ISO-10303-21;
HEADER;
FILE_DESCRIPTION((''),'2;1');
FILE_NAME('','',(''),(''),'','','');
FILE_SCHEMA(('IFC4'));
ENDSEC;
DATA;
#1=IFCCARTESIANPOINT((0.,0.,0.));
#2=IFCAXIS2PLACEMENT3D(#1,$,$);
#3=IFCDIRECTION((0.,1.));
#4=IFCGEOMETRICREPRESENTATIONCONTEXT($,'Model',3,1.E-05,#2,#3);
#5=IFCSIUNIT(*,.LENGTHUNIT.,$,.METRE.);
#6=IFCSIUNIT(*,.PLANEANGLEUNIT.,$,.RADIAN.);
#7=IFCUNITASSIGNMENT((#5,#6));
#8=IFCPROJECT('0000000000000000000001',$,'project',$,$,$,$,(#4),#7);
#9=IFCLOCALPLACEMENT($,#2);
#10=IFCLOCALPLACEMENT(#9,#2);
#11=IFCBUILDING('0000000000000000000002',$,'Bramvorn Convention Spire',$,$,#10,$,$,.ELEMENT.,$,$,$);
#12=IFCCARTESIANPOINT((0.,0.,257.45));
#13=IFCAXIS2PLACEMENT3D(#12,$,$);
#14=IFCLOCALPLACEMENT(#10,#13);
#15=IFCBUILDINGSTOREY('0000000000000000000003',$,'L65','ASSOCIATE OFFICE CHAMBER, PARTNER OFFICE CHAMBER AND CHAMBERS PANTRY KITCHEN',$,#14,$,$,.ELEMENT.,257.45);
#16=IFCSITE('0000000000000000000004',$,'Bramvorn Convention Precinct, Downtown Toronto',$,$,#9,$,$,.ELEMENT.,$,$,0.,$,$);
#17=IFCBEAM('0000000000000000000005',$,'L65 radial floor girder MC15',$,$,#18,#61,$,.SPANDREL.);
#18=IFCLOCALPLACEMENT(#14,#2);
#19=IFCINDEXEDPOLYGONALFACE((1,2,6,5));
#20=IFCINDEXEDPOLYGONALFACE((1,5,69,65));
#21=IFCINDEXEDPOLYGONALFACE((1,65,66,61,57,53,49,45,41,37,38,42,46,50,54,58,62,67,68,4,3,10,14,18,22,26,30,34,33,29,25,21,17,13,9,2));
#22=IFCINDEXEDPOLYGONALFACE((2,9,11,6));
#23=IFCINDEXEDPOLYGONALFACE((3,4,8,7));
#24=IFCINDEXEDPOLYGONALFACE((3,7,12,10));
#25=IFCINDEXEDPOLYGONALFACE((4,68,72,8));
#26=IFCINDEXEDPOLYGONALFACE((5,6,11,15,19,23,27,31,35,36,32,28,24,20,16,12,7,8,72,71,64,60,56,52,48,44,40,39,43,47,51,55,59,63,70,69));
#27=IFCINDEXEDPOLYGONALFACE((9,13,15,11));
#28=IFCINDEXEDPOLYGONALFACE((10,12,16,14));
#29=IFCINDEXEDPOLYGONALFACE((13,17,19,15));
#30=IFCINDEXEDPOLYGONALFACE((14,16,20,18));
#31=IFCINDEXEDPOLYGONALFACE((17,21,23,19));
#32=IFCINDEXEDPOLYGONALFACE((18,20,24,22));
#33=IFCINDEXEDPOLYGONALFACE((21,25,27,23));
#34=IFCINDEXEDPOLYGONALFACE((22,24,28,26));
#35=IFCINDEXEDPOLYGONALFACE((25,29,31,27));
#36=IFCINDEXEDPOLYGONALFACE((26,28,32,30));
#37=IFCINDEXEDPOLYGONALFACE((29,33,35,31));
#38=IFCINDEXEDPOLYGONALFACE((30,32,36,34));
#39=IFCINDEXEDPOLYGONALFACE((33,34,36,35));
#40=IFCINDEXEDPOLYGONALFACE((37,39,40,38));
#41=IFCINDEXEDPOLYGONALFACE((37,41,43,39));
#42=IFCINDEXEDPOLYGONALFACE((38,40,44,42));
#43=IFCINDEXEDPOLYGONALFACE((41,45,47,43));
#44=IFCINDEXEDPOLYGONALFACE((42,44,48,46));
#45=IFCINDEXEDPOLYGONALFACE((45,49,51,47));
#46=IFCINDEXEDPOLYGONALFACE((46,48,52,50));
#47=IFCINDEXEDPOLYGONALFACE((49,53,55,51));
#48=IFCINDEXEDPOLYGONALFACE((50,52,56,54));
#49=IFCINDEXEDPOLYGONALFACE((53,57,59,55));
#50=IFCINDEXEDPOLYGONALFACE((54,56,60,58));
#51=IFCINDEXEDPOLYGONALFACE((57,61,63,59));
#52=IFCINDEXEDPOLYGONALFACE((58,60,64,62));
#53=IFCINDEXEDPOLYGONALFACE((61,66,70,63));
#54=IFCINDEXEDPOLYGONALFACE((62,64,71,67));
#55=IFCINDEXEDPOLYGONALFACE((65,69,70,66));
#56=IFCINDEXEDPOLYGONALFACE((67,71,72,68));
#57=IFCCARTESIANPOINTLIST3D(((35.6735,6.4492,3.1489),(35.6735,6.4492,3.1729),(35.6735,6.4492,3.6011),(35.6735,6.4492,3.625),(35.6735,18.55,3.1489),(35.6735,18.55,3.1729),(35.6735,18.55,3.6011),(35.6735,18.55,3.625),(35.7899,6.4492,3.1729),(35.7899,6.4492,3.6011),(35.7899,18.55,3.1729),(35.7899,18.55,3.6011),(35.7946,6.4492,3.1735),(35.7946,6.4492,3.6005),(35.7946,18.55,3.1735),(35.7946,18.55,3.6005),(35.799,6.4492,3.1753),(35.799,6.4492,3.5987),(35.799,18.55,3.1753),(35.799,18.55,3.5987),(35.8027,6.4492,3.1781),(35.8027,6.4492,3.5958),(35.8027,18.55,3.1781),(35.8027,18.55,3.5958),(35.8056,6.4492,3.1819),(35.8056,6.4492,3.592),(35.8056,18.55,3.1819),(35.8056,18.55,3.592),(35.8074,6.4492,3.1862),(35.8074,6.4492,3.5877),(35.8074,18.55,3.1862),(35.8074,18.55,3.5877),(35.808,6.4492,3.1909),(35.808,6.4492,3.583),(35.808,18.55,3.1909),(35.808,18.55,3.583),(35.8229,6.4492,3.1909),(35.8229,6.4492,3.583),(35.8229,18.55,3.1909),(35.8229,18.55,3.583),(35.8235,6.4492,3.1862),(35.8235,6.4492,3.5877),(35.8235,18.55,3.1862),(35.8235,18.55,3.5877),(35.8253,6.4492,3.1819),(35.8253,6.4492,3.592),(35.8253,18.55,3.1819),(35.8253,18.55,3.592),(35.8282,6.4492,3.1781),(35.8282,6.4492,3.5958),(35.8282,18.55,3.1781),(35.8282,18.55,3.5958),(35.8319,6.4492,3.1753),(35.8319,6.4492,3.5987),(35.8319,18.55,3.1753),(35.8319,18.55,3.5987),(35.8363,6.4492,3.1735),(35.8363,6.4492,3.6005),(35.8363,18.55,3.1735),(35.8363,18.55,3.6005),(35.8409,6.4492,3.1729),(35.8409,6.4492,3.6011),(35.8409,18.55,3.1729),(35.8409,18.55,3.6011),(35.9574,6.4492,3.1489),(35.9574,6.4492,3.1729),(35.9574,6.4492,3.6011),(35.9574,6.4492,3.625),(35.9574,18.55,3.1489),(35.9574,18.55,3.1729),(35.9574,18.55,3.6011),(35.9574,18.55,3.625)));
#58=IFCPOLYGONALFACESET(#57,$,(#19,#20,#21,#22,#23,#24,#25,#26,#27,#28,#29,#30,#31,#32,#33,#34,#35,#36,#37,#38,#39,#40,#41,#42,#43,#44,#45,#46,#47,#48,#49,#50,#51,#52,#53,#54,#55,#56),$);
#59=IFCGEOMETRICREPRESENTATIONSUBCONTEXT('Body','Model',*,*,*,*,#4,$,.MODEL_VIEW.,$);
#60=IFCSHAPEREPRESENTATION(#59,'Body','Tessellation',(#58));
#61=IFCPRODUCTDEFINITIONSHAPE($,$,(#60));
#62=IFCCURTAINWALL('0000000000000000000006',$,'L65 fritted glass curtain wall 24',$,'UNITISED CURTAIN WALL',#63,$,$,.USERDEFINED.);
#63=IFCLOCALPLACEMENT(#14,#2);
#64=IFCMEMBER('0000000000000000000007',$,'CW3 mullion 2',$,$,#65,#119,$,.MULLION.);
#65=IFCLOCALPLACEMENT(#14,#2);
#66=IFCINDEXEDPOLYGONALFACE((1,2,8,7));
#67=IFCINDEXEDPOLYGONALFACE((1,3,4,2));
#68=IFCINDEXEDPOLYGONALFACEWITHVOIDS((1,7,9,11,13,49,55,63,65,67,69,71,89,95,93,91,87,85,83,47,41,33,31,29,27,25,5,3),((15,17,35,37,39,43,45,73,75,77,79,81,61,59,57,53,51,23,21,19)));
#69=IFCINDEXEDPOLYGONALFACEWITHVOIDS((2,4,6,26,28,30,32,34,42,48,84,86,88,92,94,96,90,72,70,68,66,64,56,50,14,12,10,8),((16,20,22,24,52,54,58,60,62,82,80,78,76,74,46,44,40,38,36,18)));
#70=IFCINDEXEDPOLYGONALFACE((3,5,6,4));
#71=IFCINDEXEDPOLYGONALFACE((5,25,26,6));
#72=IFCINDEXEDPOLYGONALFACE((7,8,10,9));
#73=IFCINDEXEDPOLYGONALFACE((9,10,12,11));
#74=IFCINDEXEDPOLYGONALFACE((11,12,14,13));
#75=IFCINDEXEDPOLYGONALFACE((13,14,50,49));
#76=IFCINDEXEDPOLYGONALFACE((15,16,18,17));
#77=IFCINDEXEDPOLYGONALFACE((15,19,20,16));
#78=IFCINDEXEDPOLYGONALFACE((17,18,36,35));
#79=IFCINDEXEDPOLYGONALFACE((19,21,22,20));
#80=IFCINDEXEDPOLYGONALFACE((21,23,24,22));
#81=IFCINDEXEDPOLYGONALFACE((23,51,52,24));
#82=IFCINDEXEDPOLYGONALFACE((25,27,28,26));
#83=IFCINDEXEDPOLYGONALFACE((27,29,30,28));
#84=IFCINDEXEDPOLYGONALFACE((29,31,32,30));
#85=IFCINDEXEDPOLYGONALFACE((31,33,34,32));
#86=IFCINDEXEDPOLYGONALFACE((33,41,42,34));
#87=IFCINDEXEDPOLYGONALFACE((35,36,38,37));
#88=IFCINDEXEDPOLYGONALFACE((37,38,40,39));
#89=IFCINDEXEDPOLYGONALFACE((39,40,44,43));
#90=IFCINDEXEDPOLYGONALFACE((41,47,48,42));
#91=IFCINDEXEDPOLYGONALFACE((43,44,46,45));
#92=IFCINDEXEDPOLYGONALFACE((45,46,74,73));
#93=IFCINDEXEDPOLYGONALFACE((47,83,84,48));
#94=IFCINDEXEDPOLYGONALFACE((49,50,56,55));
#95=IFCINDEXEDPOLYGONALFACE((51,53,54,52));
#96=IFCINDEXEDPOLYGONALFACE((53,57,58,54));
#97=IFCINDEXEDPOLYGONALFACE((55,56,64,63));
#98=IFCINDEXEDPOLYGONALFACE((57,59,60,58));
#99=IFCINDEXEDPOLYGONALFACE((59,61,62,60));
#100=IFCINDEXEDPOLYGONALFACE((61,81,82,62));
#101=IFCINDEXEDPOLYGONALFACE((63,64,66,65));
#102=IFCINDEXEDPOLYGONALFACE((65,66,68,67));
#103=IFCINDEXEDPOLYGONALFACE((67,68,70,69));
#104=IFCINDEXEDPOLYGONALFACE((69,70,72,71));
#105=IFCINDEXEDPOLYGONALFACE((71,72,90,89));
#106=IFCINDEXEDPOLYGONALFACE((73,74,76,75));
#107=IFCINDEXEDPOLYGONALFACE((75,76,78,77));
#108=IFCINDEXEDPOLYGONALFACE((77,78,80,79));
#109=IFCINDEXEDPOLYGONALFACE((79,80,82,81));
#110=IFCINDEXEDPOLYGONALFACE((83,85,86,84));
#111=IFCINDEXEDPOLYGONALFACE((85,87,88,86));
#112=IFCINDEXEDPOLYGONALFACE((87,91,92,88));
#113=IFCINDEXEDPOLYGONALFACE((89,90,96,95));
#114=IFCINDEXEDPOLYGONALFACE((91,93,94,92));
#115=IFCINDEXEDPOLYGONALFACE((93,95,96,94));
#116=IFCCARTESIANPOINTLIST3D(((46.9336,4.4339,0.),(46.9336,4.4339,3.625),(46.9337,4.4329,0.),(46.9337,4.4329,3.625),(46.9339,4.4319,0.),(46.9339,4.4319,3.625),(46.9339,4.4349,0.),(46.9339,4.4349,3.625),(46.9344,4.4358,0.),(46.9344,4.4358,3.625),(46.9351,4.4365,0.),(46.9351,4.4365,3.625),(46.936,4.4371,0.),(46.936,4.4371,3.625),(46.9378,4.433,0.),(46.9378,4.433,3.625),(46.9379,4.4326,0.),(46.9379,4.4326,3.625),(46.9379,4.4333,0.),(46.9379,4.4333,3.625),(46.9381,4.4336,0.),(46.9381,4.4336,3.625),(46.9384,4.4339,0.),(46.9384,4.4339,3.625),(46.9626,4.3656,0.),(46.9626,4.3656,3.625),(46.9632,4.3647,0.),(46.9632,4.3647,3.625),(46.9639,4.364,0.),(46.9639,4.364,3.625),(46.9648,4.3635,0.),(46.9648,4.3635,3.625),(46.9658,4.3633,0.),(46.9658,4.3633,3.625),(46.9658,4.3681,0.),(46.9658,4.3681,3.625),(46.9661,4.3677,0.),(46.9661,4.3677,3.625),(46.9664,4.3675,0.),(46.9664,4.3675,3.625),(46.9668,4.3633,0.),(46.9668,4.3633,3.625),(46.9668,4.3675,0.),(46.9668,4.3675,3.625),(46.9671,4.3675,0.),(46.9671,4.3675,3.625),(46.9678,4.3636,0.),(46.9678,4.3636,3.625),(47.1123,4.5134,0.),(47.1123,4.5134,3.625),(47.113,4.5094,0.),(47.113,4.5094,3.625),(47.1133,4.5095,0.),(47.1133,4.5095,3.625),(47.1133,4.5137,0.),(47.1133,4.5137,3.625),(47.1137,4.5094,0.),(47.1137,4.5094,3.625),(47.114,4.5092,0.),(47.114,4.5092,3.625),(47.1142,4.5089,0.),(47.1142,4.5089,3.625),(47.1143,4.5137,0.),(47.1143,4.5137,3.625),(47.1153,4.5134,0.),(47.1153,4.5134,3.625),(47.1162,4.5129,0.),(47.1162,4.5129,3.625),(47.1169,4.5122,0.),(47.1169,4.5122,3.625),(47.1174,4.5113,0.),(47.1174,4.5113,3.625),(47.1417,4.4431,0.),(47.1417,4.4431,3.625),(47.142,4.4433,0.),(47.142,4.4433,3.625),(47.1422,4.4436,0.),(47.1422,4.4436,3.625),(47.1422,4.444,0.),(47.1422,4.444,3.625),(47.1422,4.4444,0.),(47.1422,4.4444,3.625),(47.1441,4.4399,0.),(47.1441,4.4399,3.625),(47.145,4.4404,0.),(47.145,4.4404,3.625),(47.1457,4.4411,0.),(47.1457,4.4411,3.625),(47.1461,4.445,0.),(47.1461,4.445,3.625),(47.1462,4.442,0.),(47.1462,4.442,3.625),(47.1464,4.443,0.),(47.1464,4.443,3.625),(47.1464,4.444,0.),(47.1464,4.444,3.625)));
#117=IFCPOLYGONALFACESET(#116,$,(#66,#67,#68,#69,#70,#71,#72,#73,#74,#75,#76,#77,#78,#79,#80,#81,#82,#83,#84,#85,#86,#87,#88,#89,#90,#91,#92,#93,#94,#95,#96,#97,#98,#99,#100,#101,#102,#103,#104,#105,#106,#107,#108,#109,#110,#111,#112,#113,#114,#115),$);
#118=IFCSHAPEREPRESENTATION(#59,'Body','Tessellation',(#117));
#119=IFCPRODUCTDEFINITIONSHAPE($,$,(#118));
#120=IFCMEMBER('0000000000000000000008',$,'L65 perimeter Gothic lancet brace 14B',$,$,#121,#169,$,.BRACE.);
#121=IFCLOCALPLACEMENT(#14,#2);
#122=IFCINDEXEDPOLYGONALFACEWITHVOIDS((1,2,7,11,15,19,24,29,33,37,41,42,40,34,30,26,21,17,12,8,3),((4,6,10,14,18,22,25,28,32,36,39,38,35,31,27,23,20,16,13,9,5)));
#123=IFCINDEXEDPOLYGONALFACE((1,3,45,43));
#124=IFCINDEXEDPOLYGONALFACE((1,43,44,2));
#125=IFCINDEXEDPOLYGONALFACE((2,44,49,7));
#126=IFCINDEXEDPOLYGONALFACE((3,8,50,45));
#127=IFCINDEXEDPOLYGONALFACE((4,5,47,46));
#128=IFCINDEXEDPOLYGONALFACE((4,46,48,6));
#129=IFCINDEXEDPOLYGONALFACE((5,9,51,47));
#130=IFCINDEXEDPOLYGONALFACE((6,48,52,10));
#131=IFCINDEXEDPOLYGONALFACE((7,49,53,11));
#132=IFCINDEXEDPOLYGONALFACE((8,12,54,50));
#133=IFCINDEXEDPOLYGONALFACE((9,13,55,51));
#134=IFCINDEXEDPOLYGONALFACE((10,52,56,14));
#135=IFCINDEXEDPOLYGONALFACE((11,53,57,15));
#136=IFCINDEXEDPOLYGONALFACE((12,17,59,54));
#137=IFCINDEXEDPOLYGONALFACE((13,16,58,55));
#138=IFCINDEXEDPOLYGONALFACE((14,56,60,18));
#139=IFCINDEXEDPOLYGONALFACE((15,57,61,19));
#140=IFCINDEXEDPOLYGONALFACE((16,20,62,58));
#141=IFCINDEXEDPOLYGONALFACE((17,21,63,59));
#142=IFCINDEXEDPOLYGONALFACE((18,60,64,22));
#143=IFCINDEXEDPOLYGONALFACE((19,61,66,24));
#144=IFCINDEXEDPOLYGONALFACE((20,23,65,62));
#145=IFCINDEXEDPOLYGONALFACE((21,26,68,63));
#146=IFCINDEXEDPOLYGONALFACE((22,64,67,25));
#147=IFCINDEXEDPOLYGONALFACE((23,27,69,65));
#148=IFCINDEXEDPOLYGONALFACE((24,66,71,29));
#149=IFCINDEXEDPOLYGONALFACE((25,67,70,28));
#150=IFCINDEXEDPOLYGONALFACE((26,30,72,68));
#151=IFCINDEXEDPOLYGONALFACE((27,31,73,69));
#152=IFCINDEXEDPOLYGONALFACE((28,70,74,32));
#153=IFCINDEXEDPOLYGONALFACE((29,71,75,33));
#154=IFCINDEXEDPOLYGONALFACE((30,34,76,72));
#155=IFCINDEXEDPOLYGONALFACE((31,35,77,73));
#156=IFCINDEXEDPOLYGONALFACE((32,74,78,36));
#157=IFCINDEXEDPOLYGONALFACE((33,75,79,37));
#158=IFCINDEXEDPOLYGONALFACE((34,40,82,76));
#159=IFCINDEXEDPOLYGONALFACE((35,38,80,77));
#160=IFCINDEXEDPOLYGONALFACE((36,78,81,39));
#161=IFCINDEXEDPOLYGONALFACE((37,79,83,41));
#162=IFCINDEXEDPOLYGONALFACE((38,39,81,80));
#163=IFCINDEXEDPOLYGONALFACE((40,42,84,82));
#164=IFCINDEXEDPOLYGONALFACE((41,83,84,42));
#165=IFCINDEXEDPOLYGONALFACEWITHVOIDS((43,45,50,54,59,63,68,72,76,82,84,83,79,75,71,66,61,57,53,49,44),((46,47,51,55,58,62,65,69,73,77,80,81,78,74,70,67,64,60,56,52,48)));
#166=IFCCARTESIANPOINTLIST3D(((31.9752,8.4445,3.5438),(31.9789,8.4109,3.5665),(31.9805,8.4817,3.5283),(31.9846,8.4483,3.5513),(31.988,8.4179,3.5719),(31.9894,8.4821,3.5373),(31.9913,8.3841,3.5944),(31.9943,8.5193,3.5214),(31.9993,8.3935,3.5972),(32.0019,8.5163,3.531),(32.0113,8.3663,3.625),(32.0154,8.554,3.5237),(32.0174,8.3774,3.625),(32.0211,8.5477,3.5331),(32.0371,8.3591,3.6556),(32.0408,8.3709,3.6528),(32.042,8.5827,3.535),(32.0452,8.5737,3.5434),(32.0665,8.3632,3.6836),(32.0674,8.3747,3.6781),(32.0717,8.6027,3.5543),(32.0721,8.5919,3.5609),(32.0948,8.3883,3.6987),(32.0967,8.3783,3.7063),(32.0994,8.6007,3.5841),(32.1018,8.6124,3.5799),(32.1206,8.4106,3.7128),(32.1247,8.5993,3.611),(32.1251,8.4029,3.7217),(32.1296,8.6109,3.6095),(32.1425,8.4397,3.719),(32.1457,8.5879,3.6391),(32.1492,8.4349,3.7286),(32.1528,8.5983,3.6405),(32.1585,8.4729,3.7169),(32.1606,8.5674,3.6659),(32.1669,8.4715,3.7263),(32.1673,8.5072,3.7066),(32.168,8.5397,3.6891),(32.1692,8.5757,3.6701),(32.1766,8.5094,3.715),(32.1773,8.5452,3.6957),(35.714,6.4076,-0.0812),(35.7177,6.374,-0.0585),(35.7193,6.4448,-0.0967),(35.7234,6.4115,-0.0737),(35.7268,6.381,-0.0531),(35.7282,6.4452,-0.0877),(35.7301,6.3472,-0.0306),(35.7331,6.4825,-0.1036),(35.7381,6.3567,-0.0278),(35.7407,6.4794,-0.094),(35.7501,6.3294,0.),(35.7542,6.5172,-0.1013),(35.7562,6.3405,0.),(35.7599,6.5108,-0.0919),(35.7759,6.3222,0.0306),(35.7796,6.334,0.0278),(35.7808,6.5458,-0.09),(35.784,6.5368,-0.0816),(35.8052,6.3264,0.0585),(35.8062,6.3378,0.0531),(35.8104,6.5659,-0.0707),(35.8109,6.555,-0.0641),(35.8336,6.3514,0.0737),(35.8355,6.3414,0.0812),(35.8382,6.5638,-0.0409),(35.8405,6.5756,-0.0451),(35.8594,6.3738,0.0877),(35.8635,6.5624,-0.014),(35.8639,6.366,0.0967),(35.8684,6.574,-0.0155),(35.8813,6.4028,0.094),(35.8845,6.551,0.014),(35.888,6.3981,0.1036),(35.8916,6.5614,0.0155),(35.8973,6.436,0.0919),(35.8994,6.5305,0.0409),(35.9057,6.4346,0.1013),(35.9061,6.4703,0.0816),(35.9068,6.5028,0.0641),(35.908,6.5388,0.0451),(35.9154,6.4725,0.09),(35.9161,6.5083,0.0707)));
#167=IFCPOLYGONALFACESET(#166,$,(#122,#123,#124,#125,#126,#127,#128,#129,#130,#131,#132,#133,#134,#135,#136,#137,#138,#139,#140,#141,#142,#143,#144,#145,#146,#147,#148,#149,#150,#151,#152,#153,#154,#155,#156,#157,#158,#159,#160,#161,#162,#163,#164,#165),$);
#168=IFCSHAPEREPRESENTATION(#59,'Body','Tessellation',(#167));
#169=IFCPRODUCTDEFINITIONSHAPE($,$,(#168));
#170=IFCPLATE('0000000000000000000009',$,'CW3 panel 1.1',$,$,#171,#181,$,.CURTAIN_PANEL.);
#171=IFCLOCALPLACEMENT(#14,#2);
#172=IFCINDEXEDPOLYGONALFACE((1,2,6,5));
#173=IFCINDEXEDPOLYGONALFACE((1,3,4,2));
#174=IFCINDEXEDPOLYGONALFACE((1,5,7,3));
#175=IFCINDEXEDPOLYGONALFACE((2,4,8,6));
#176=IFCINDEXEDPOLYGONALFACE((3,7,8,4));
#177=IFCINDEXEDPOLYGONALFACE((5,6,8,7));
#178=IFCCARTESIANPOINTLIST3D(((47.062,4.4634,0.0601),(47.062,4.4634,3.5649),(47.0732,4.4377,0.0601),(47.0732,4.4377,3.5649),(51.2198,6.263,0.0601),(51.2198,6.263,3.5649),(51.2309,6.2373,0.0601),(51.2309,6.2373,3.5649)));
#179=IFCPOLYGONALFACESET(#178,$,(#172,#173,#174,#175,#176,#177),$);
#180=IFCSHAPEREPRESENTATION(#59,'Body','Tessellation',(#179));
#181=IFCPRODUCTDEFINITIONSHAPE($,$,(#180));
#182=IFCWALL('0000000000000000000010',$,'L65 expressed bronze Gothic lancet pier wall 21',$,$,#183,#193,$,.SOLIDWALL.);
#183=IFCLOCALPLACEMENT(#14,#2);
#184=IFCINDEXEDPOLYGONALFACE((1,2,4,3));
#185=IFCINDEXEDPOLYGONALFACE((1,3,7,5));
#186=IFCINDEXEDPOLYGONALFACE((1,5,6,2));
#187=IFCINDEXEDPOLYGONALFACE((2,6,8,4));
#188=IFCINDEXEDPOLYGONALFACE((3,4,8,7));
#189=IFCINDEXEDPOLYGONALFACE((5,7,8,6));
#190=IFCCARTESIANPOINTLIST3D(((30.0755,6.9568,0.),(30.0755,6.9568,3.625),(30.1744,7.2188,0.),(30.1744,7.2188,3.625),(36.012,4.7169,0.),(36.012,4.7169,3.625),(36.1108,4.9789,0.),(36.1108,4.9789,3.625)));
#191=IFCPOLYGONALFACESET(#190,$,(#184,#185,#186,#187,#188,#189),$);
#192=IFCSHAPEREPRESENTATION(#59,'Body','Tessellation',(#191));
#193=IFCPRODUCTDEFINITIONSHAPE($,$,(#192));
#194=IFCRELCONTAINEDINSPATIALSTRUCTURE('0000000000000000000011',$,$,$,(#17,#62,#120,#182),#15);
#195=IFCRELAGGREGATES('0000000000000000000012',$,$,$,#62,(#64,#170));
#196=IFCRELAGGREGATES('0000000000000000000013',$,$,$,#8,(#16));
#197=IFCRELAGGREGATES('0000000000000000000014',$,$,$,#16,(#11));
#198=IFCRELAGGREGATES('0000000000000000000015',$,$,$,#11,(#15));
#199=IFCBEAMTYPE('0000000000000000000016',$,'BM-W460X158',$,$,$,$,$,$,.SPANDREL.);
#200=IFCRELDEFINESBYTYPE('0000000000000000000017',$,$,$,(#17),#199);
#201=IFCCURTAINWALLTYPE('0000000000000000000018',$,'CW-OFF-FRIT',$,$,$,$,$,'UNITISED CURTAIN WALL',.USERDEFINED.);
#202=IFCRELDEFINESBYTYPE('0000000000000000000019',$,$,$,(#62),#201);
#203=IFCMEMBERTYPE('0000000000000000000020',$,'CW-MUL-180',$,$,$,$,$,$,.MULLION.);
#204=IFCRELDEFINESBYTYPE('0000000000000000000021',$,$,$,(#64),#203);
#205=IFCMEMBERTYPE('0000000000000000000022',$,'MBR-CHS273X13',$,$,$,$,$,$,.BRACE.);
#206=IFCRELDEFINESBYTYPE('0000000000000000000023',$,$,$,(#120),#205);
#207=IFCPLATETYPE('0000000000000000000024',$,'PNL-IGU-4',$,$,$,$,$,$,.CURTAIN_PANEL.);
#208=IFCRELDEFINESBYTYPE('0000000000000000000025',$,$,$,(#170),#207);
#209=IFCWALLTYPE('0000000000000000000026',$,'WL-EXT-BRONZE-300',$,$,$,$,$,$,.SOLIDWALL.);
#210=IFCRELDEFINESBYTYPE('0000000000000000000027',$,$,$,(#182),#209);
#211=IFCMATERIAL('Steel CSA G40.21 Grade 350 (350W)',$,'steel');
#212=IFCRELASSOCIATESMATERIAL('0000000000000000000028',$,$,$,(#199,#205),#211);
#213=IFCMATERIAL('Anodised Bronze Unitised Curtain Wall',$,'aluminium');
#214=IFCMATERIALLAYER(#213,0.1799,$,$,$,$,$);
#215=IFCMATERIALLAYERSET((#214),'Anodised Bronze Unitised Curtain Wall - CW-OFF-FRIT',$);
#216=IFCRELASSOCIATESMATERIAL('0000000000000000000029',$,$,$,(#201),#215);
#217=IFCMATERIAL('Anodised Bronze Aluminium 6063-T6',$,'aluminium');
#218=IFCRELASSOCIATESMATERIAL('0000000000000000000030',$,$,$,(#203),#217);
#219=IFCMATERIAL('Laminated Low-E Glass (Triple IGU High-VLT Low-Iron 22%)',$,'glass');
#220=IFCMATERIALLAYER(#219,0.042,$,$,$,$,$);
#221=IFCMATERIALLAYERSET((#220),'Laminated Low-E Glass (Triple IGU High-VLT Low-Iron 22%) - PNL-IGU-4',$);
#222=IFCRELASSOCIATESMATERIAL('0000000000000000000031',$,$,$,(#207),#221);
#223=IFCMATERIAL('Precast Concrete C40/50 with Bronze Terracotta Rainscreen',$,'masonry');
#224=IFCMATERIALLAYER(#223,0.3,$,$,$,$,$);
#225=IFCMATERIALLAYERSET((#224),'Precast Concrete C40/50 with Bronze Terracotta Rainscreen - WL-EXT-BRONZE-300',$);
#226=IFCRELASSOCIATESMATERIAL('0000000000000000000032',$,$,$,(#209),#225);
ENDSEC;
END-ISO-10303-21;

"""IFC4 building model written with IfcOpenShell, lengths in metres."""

from ifc_helpers import new_model, si_unit, direction, frame, frame_2d, origin, origin_2d, place, context, subcontext, project, spatial, rectangle, hollow_rectangle, hollow_circle, i_section, extrude, material, layer, layer_set, material_profile, profile_set, type_object, element, aggregate, save


model = new_model("IFC4")

# Units and contexts
model_context = context("Model", 3, precision=1e-05, world=origin(), true_north=direction((0.0, 1.0)))
body_context = subcontext(model_context, "Body", "Model", "MODEL_VIEW")
ifc_project = project(units=[si_unit("LENGTHUNIT", "METRE"), si_unit("PLANEANGLEUNIT", "RADIAN")], contexts=[model_context])

# Site, building, storey
site_placement = place(None, origin())
site = spatial("IfcSite", under=ifc_project, at=site_placement, Name="Bramvorn Convention Precinct, Downtown Toronto", CompositionType="ELEMENT", RefElevation=0.0)
building_placement = place(site_placement, origin())
building = spatial("IfcBuilding", under=site, at=building_placement, Name="Bramvorn Convention Spire", CompositionType="ELEMENT")
storey_placement = place(building_placement, frame((0.0, 0.0, 257.45)))
storey = spatial("IfcBuildingStorey", under=building, at=storey_placement, Name="L65", Description="ASSOCIATE OFFICE CHAMBER, PARTNER OFFICE CHAMBER AND CHAMBERS PANTRY KITCHEN", CompositionType="ELEMENT", Elevation=257.45)

# Shared definitions
ifc_material_1 = material(Name="Steel CSA G40.21 Grade 350 (350W)", Category="steel")

# Beam
ifc_material_profile_1 = material_profile(ifc_material_1, i_section(OverallWidth=0.2839, OverallDepth=0.4761, WebThickness=0.0149, FlangeThickness=0.0239, FilletRadius=0.0181, at=origin_2d()))
ifc_profile_set_1 = profile_set([ifc_material_profile_1], Name="Steel CSA G40.21 Grade 350 (350W) - W460X158")
beam_type_1 = type_object("IfcBeamType", Name="BM-W460X158", PredefinedType="SPANDREL", material=ifc_profile_set_1)
beam_1_placement = place(storey_placement, frame((35.8154, 18.55, 3.387), z_axis=(0.0, -1.0, 0.0), x_axis=(1.0, 0.0, 0.0)))
element("IfcBeam", 1, at=beam_1_placement, inside=storey, type_object=beam_type_1, Name="L65 radial floor girder MC15", PredefinedType="SPANDREL", context=body_context, shape_type="SweptSolid", body=[
    extrude(i_section(OverallWidth=0.2839, OverallDepth=0.4761, WebThickness=0.0149, FlangeThickness=0.0239, FilletRadius=0.0181, at=origin_2d()), origin(), (0.0, 0.0, 1.0), 12.1008),
])

# Curtain wall, member
ifc_material_2 = material(Name="Anodised Bronze Unitised Curtain Wall", Category="aluminium")
ifc_layer_1 = layer(ifc_material_2, 0.1799)
ifc_layer_set_1 = layer_set([ifc_layer_1], Name="Anodised Bronze Unitised Curtain Wall - CW-OFF-FRIT")
curtain_wall_type = type_object("IfcCurtainWallType", Name="CW-OFF-FRIT", ElementType="UNITISED CURTAIN WALL", PredefinedType="USERDEFINED", material=ifc_layer_set_1)
curtain_wall_placement = place(storey_placement, origin())
curtain_wall = element("IfcCurtainWall", 2, at=curtain_wall_placement, inside=storey, type_object=curtain_wall_type, Name="L65 fritted glass curtain wall 24", ObjectType="UNITISED CURTAIN WALL", PredefinedType="USERDEFINED")
ifc_material_3 = material(Name="Anodised Bronze Aluminium 6063-T6", Category="aluminium")
ifc_material_profile_2 = material_profile(ifc_material_3, hollow_rectangle(XDim=0.0801, YDim=0.2, WallThickness=0.0039, InnerFilletRadius=0.001, OuterFilletRadius=0.0039, at=origin_2d()))
ifc_profile_set_2 = profile_set([ifc_material_profile_2], Name="Anodised Bronze Aluminium 6063-T6 - CWM80X200")
member_type_1 = type_object("IfcMemberType", Name="CW-MUL-180", PredefinedType="MULLION", material=ifc_profile_set_2)
member_1_placement = place(storey_placement, frame((47.04, 4.4385, 0.0), z_axis=(0.0, 0.0, 1.0), x_axis=(0.397215, -0.917726, 0.0)))
member_1 = element("IfcMember", 3, at=member_1_placement, type_object=member_type_1, Name="CW3 mullion 2", PredefinedType="MULLION", context=body_context, shape_type="SweptSolid", body=[
    extrude(hollow_rectangle(XDim=0.0801, YDim=0.2, WallThickness=0.0039, InnerFilletRadius=0.001, OuterFilletRadius=0.0039, at=origin_2d()), origin(), (0.0, 0.0, 1.0), 3.625),
])

# Member
ifc_material_profile_3 = material_profile(ifc_material_1, hollow_circle(Radius=0.1365, WallThickness=0.0127, at=origin_2d()))
ifc_profile_set_3 = profile_set([ifc_material_profile_3], Name="Steel CSA G40.21 Grade 350 (350W) - CHS273X13")
member_type_2 = type_object("IfcMemberType", Name="MBR-CHS273X13", PredefinedType="BRACE", material=ifc_profile_set_3)
member_2_placement = place(storey_placement, frame((35.8154, 6.4492, 0.0), z_axis=(-0.668621, 0.364262, 0.648275), x_axis=(-0.478406, -0.878139, 0.0)))
element("IfcMember", 4, at=member_2_placement, inside=storey, type_object=member_type_2, Name="L65 perimeter Gothic lancet brace 14B", PredefinedType="BRACE", context=body_context, shape_type="SweptSolid", body=[
    extrude(hollow_circle(Radius=0.1365, WallThickness=0.0127, at=origin_2d()), origin(), (0.0, 0.0, 1.0), 5.5918),
])

# Plate
ifc_material_4 = material(Name="Laminated Low-E Glass (Triple IGU High-VLT Low-Iron 22%)", Category="glass")
ifc_layer_2 = layer(ifc_material_4, 0.042)
ifc_layer_set_2 = layer_set([ifc_layer_2], Name="Laminated Low-E Glass (Triple IGU High-VLT Low-Iron 22%) - PNL-IGU-4")
plate_type = type_object("IfcPlateType", Name="PNL-IGU-4", PredefinedType="CURTAIN_PANEL", material=ifc_layer_set_2)
plate_placement = place(storey_placement, frame((49.1465, 5.3503, 0.0601), z_axis=(0.0, 0.0, 1.0), x_axis=(-0.917726, -0.397215, 0.0)))
plate = element("IfcPlate", 5, at=plate_placement, type_object=plate_type, Name="CW3 panel 1.1", PredefinedType="CURTAIN_PANEL", context=body_context, shape_type="SweptSolid", body=[
    extrude(rectangle(XDim=4.5305, YDim=0.0281, at=origin_2d()), origin(), (0.0, 0.0, 1.0), 3.5049),
])
aggregate(curtain_wall, [member_1, plate])

# Wall
ifc_material_5 = material(Name="Precast Concrete C40/50 with Bronze Terracotta Rainscreen", Category="masonry")
ifc_layer_3 = layer(ifc_material_5, 0.3)
ifc_layer_set_3 = layer_set([ifc_layer_3], Name="Precast Concrete C40/50 with Bronze Terracotta Rainscreen - WL-EXT-BRONZE-300")
wall_type_1 = type_object("IfcWallType", Name="WL-EXT-BRONZE-300", PredefinedType="SOLIDWALL", material=ifc_layer_set_3)
wall_1_placement = place(storey_placement, frame((36.0613, 4.8479, 0.0), z_axis=(0.0, 0.0, 1.0), x_axis=(-0.935613, 0.353029, 0.0)))
element("IfcWall", 6, at=wall_1_placement, inside=storey, type_object=wall_type_1, Name="L65 expressed bronze Gothic lancet pier wall 21", PredefinedType="SOLIDWALL", context=body_context, shape_type="SweptSolid", body=[
    extrude(rectangle(XDim=6.345, YDim=0.28, at=frame_2d((3.1724, 0.0))), origin(), (0.0, 0.0, 1.0), 3.625),
])

save(model, "model.ifc")
